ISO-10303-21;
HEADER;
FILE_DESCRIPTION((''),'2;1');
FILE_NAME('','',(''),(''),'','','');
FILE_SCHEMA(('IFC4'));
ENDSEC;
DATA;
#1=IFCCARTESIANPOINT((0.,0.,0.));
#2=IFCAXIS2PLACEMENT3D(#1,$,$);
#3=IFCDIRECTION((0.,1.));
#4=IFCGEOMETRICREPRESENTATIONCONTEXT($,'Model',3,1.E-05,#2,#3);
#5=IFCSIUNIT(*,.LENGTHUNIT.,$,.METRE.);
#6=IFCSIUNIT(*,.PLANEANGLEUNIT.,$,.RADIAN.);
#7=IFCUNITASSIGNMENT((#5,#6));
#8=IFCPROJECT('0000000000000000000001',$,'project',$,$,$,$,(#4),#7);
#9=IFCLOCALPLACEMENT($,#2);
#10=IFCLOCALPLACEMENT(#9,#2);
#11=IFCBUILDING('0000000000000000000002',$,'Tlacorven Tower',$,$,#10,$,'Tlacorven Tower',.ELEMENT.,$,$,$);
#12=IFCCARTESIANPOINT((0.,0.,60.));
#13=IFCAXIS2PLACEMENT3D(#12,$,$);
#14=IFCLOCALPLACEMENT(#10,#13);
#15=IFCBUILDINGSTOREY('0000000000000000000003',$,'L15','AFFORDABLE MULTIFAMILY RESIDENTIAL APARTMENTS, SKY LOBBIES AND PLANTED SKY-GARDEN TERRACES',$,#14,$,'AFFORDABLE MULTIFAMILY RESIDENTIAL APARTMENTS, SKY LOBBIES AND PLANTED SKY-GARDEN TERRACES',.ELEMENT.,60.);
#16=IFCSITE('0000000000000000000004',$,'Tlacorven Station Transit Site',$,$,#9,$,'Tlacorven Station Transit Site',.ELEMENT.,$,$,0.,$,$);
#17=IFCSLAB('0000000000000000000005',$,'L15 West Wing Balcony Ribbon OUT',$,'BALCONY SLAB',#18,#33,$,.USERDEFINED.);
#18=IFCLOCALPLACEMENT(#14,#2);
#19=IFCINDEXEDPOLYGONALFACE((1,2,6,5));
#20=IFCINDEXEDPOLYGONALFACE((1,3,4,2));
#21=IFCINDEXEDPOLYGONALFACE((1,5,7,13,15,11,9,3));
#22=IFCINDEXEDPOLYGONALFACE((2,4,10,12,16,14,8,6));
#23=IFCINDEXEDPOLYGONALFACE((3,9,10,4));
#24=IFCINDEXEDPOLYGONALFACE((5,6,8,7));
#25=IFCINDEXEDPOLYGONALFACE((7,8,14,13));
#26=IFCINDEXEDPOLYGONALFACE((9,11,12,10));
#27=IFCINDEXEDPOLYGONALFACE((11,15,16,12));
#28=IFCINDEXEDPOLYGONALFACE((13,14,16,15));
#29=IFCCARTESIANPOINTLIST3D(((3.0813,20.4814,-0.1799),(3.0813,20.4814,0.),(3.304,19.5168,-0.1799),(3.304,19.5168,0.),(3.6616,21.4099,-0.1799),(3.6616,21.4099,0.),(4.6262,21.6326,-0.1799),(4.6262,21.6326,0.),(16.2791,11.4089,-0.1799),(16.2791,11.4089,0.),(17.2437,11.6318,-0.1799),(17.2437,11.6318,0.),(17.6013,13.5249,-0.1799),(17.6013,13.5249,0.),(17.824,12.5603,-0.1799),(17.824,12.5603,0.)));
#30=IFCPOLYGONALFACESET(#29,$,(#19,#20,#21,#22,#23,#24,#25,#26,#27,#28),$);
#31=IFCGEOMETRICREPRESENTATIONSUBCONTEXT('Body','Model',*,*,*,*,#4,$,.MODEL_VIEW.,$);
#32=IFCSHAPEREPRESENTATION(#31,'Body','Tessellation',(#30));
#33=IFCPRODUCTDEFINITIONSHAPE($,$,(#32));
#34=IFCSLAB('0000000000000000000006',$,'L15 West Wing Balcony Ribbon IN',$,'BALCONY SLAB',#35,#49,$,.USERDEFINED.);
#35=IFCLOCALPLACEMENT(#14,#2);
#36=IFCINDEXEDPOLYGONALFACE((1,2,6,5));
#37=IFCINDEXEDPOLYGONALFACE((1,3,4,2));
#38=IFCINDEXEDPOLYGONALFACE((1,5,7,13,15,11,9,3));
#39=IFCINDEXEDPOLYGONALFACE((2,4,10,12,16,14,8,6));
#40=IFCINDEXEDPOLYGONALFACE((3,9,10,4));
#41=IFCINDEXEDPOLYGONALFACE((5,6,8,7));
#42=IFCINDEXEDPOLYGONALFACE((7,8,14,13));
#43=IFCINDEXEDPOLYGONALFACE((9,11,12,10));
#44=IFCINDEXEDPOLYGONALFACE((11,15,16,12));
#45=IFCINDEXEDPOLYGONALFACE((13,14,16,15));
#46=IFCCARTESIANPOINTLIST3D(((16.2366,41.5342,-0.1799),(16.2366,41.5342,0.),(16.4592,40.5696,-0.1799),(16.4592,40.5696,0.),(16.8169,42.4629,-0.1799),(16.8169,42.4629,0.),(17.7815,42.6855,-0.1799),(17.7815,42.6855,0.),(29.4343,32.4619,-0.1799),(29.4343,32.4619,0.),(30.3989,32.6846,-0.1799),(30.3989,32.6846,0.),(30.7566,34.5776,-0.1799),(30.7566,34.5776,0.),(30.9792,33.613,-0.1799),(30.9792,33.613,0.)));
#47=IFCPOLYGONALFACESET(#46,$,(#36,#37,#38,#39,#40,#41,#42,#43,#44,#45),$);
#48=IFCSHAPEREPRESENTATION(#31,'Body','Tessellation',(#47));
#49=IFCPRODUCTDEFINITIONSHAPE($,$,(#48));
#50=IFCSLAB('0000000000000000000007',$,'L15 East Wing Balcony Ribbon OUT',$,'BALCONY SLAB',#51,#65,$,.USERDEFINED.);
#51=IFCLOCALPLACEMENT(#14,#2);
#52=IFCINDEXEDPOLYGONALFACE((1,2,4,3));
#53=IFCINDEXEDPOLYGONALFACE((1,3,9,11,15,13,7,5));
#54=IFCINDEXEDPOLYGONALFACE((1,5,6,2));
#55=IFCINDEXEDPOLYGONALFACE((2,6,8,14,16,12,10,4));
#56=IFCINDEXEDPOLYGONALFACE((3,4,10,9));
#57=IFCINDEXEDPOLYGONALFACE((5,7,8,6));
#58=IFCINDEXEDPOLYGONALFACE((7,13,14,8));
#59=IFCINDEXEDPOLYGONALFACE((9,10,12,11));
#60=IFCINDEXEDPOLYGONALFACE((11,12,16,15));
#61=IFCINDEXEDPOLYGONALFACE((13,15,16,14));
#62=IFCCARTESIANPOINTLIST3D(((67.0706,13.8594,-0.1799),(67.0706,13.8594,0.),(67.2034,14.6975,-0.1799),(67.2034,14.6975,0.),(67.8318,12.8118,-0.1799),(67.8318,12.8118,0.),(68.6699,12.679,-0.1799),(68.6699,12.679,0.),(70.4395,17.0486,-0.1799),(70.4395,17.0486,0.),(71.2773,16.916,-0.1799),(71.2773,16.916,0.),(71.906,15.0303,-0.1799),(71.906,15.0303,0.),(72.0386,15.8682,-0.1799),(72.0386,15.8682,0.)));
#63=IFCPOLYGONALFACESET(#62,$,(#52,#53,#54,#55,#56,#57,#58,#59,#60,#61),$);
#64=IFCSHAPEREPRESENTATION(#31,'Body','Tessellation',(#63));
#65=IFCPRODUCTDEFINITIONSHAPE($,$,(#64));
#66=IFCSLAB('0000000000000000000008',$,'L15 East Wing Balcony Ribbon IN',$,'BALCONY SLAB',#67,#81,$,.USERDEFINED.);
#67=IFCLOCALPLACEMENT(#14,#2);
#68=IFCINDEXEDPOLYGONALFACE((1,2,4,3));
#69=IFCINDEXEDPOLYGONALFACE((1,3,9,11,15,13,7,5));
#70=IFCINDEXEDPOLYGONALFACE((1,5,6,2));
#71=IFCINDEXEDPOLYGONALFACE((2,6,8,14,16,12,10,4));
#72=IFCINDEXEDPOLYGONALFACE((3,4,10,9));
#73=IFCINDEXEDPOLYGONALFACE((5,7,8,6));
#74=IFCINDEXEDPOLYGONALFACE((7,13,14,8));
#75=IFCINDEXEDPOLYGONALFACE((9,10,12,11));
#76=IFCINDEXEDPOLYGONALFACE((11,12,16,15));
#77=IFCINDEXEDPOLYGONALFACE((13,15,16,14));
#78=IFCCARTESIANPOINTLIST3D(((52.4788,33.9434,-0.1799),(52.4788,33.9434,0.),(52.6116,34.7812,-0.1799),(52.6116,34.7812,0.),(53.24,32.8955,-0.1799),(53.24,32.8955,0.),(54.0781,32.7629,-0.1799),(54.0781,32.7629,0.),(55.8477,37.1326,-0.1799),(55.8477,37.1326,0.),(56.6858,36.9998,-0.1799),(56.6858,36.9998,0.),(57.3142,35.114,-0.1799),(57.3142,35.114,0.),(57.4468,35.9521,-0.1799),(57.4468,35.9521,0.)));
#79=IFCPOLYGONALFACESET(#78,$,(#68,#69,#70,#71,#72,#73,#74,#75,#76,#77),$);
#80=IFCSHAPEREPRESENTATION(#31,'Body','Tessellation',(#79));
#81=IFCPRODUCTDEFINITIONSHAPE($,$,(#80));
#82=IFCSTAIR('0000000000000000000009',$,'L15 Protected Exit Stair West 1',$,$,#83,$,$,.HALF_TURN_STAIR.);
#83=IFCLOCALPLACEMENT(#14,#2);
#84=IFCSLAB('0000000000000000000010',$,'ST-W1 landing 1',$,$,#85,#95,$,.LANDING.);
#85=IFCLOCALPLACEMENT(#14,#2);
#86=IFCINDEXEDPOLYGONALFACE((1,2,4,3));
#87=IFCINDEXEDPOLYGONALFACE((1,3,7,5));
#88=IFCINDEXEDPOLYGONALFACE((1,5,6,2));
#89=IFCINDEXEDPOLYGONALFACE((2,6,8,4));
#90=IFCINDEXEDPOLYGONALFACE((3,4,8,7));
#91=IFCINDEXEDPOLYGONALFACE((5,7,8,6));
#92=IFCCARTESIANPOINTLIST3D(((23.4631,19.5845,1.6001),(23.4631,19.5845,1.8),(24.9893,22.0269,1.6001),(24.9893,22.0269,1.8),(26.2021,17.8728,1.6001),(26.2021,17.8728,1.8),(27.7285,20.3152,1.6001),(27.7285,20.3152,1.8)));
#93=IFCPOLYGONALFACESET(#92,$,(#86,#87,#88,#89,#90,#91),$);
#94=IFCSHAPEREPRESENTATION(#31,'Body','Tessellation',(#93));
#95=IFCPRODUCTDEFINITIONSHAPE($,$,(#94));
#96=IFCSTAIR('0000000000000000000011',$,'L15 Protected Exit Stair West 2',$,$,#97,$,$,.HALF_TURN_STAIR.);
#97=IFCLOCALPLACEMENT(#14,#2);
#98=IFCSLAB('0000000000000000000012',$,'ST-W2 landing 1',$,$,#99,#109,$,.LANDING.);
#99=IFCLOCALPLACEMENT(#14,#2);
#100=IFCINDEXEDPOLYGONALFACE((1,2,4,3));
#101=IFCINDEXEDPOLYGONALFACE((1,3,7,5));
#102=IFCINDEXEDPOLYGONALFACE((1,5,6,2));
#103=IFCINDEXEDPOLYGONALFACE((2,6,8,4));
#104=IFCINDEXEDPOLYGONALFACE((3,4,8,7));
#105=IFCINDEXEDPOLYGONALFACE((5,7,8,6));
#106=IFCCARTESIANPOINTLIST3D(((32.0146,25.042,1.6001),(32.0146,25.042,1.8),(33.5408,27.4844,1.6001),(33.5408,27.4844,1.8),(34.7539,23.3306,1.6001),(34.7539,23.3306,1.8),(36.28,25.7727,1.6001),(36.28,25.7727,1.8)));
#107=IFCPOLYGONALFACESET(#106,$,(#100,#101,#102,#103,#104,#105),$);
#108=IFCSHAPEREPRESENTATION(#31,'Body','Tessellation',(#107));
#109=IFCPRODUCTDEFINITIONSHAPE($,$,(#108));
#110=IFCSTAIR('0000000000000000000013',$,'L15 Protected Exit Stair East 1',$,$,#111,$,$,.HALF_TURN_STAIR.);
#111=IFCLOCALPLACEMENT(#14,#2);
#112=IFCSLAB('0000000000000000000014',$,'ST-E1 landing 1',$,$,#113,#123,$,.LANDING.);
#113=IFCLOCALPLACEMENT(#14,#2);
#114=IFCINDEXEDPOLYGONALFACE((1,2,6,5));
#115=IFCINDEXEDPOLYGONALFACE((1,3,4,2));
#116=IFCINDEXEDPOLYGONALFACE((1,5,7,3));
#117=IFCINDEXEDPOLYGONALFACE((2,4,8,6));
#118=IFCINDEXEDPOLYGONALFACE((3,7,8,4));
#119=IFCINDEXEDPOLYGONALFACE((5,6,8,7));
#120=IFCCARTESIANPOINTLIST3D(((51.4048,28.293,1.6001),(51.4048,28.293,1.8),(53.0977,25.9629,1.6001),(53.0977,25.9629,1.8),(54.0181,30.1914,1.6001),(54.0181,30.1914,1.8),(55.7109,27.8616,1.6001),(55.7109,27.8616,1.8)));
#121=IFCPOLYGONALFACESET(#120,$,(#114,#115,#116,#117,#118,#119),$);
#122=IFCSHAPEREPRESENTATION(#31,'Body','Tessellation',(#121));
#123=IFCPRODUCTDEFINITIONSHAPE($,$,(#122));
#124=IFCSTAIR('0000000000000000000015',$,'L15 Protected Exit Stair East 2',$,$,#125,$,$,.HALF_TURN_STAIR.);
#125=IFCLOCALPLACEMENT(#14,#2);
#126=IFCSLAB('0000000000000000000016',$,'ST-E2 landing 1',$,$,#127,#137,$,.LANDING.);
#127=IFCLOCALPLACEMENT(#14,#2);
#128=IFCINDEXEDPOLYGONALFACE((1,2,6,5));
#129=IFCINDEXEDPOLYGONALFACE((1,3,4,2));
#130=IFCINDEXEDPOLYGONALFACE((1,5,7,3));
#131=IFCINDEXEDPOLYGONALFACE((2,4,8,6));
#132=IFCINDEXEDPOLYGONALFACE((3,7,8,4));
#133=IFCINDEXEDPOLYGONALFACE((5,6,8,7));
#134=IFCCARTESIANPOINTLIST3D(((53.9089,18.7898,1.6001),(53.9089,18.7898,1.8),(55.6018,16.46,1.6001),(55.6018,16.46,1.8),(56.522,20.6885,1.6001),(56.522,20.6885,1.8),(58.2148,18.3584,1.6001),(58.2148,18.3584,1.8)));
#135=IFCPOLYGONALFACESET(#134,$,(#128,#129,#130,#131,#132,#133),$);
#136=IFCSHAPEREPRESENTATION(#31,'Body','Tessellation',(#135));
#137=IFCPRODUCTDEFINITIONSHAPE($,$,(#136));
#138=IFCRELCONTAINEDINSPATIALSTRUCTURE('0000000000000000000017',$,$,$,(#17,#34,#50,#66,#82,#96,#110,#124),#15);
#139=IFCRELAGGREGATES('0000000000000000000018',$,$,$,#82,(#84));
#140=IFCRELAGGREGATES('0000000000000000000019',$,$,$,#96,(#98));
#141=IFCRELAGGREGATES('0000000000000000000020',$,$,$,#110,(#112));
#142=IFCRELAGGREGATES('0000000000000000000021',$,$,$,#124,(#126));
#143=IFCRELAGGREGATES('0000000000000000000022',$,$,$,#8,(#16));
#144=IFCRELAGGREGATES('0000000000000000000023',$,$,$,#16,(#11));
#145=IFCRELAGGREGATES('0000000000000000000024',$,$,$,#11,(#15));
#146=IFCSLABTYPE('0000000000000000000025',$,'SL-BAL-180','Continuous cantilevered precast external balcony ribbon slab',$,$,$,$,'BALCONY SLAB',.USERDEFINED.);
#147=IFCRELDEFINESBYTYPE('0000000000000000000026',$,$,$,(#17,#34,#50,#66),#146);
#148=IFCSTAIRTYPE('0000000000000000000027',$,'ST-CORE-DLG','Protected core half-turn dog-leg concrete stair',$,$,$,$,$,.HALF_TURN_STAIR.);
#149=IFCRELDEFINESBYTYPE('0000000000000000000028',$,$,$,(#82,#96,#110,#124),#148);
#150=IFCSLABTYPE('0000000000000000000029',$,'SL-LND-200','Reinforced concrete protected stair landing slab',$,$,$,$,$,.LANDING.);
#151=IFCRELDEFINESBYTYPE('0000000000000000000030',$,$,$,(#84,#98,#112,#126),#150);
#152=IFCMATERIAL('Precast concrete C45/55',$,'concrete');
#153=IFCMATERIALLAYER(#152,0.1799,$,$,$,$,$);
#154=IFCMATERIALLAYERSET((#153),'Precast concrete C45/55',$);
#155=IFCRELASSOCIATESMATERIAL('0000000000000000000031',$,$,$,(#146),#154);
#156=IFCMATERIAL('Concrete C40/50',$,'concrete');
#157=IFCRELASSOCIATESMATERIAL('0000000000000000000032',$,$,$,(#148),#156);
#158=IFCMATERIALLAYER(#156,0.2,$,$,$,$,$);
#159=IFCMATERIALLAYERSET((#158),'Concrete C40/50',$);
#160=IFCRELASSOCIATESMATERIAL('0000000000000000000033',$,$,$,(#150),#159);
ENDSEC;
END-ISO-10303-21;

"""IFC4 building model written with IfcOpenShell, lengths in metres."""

from ifc_helpers import new_model, si_unit, direction, frame, origin, place, context, subcontext, project, spatial, polyline, outline, extrude, material, layer, layer_set, type_object, element, aggregate, save


model = new_model("IFC4")

# Units and contexts
model_context = context("Model", 3, precision=1e-05, world=origin(), true_north=direction((0.0, 1.0)))
body_context = subcontext(model_context, "Body", "Model", "MODEL_VIEW")
ifc_project = project(units=[si_unit("LENGTHUNIT", "METRE"), si_unit("PLANEANGLEUNIT", "RADIAN")], contexts=[model_context])

# Site, building, storey
site_placement = place(None, origin())
site = spatial("IfcSite", under=ifc_project, at=site_placement, Name="Tlacorven Station Transit Site", LongName="Tlacorven Station Transit Site", CompositionType="ELEMENT", RefElevation=0.0)
building_placement = place(site_placement, origin())
building = spatial("IfcBuilding", under=site, at=building_placement, Name="Tlacorven Tower", LongName="Tlacorven Tower", CompositionType="ELEMENT")
storey_placement = place(building_placement, frame((0.0, 0.0, 60.0)))
storey = spatial("IfcBuildingStorey", under=building, at=storey_placement, Name="L15", Description="AFFORDABLE MULTIFAMILY RESIDENTIAL APARTMENTS, SKY LOBBIES AND PLANTED SKY-GARDEN TERRACES", LongName="AFFORDABLE MULTIFAMILY RESIDENTIAL APARTMENTS, SKY LOBBIES AND PLANTED SKY-GARDEN TERRACES", CompositionType="ELEMENT", Elevation=60.0)

# Slabs
ifc_material_1 = material(Name="Precast concrete C45/55", Category="concrete")
ifc_layer_1 = layer(ifc_material_1, 0.1799)
ifc_layer_set_1 = layer_set([ifc_layer_1], Name="Precast concrete C45/55")
slab_type_1 = type_object("IfcSlabType", Name="SL-BAL-180", Description="Continuous cantilevered precast external balcony ribbon slab", ElementType="BALCONY SLAB", PredefinedType="USERDEFINED", material=ifc_layer_set_1)
slab_1_placement = place(storey_placement, frame((0.0, 0.0, -0.1799)))
element("IfcSlab", 1, at=slab_1_placement, inside=storey, type_object=slab_type_1, Name="L15 West Wing Balcony Ribbon OUT", ObjectType="BALCONY SLAB", PredefinedType="USERDEFINED", context=body_context, shape_type="SweptSolid", body=[
    extrude(outline(polyline([(17.6013, 13.5249), (4.6262, 21.6326), (3.6616, 21.4099), (3.0813, 20.4814), (3.304, 19.5168), (16.2791, 11.4089), (17.2437, 11.6318), (17.824, 12.5603), (17.6013, 13.5249)])), origin(), (0.0, 0.0, 1.0), 0.1799),
])
slab_2_placement = place(storey_placement, frame((0.0, 0.0, -0.1799)))
element("IfcSlab", 2, at=slab_2_placement, inside=storey, type_object=slab_type_1, Name="L15 West Wing Balcony Ribbon IN", ObjectType="BALCONY SLAB", PredefinedType="USERDEFINED", context=body_context, shape_type="SweptSolid", body=[
    extrude(outline(polyline([(30.7566, 34.5776), (17.7815, 42.6855), (16.8169, 42.4629), (16.2366, 41.5342), (16.4592, 40.5696), (29.4343, 32.4619), (30.3989, 32.6846), (30.9792, 33.613), (30.7566, 34.5776)])), origin(), (0.0, 0.0, 1.0), 0.1799),
])
slab_3_placement = place(storey_placement, frame((0.0, 0.0, -0.1799)))
element("IfcSlab", 3, at=slab_3_placement, inside=storey, type_object=slab_type_1, Name="L15 East Wing Balcony Ribbon OUT", ObjectType="BALCONY SLAB", PredefinedType="USERDEFINED", context=body_context, shape_type="SweptSolid", body=[
    extrude(outline(polyline([(68.6699, 12.679), (71.906, 15.0303), (72.0386, 15.8682), (71.2773, 16.916), (70.4395, 17.0486), (67.2034, 14.6975), (67.0706, 13.8594), (67.8318, 12.8118), (68.6699, 12.679)])), origin(), (0.0, 0.0, 1.0), 0.1799),
])
slab_4_placement = place(storey_placement, frame((0.0, 0.0, -0.1799)))
element("IfcSlab", 4, at=slab_4_placement, inside=storey, type_object=slab_type_1, Name="L15 East Wing Balcony Ribbon IN", ObjectType="BALCONY SLAB", PredefinedType="USERDEFINED", context=body_context, shape_type="SweptSolid", body=[
    extrude(outline(polyline([(54.0781, 32.7629), (57.3142, 35.114), (57.4468, 35.9521), (56.6858, 36.9998), (55.8477, 37.1326), (52.6116, 34.7812), (52.4788, 33.9434), (53.24, 32.8955), (54.0781, 32.7629)])), origin(), (0.0, 0.0, 1.0), 0.1799),
])

# Stairs, slabs
ifc_material_2 = material(Name="Concrete C40/50", Category="concrete")
stair_type = type_object("IfcStairType", Name="ST-CORE-DLG", Description="Protected core half-turn dog-leg concrete stair", PredefinedType="HALF_TURN_STAIR", material=ifc_material_2)
stair_1_placement = place(storey_placement, origin())
stair_1 = element("IfcStair", 5, at=stair_1_placement, inside=storey, type_object=stair_type, Name="L15 Protected Exit Stair West 1", PredefinedType="HALF_TURN_STAIR")
ifc_layer_2 = layer(ifc_material_2, 0.2)
ifc_layer_set_2 = layer_set([ifc_layer_2], Name="Concrete C40/50")
slab_type_2 = type_object("IfcSlabType", Name="SL-LND-200", Description="Reinforced concrete protected stair landing slab", PredefinedType="LANDING", material=ifc_layer_set_2)
slab_5_placement = place(storey_placement, frame((0.0, 0.0, 1.6001)))
slab_5 = element("IfcSlab", 6, at=slab_5_placement, type_object=slab_type_2, Name="ST-W1 landing 1", PredefinedType="LANDING", context=body_context, shape_type="SweptSolid", body=[
    extrude(outline(polyline([(27.7285, 20.3152), (24.9893, 22.0269), (23.4631, 19.5845), (26.2021, 17.8728), (27.7285, 20.3152)])), origin(), (0.0, 0.0, 1.0), 0.2),
])
aggregate(stair_1, [slab_5])
stair_2_placement = place(storey_placement, origin())
stair_2 = element("IfcStair", 7, at=stair_2_placement, inside=storey, type_object=stair_type, Name="L15 Protected Exit Stair West 2", PredefinedType="HALF_TURN_STAIR")
slab_6_placement = place(storey_placement, frame((0.0, 0.0, 1.6001)))
slab_6 = element("IfcSlab", 8, at=slab_6_placement, type_object=slab_type_2, Name="ST-W2 landing 1", PredefinedType="LANDING", context=body_context, shape_type="SweptSolid", body=[
    extrude(outline(polyline([(36.28, 25.7727), (33.5408, 27.4844), (32.0146, 25.042), (34.7539, 23.3306), (36.28, 25.7727)])), origin(), (0.0, 0.0, 1.0), 0.2),
])
aggregate(stair_2, [slab_6])
stair_3_placement = place(storey_placement, origin())
stair_3 = element("IfcStair", 9, at=stair_3_placement, inside=storey, type_object=stair_type, Name="L15 Protected Exit Stair East 1", PredefinedType="HALF_TURN_STAIR")
slab_7_placement = place(storey_placement, frame((0.0, 0.0, 1.6001)))
slab_7 = element("IfcSlab", 10, at=slab_7_placement, type_object=slab_type_2, Name="ST-E1 landing 1", PredefinedType="LANDING", context=body_context, shape_type="SweptSolid", body=[
    extrude(outline(polyline([(53.0977, 25.9629), (55.7109, 27.8616), (54.0181, 30.1914), (51.4048, 28.293), (53.0977, 25.9629)])), origin(), (0.0, 0.0, 1.0), 0.2),
])
aggregate(stair_3, [slab_7])
stair_4_placement = place(storey_placement, origin())
stair_4 = element("IfcStair", 11, at=stair_4_placement, inside=storey, type_object=stair_type, Name="L15 Protected Exit Stair East 2", PredefinedType="HALF_TURN_STAIR")
slab_8_placement = place(storey_placement, frame((0.0, 0.0, 1.6001)))
slab_8 = element("IfcSlab", 12, at=slab_8_placement, type_object=slab_type_2, Name="ST-E2 landing 1", PredefinedType="LANDING", context=body_context, shape_type="SweptSolid", body=[
    extrude(outline(polyline([(55.6018, 16.46), (58.2148, 18.3584), (56.522, 20.6885), (53.9089, 18.7898), (55.6018, 16.46)])), origin(), (0.0, 0.0, 1.0), 0.2),
])
aggregate(stair_4, [slab_8])

save(model, "model.ifc")
